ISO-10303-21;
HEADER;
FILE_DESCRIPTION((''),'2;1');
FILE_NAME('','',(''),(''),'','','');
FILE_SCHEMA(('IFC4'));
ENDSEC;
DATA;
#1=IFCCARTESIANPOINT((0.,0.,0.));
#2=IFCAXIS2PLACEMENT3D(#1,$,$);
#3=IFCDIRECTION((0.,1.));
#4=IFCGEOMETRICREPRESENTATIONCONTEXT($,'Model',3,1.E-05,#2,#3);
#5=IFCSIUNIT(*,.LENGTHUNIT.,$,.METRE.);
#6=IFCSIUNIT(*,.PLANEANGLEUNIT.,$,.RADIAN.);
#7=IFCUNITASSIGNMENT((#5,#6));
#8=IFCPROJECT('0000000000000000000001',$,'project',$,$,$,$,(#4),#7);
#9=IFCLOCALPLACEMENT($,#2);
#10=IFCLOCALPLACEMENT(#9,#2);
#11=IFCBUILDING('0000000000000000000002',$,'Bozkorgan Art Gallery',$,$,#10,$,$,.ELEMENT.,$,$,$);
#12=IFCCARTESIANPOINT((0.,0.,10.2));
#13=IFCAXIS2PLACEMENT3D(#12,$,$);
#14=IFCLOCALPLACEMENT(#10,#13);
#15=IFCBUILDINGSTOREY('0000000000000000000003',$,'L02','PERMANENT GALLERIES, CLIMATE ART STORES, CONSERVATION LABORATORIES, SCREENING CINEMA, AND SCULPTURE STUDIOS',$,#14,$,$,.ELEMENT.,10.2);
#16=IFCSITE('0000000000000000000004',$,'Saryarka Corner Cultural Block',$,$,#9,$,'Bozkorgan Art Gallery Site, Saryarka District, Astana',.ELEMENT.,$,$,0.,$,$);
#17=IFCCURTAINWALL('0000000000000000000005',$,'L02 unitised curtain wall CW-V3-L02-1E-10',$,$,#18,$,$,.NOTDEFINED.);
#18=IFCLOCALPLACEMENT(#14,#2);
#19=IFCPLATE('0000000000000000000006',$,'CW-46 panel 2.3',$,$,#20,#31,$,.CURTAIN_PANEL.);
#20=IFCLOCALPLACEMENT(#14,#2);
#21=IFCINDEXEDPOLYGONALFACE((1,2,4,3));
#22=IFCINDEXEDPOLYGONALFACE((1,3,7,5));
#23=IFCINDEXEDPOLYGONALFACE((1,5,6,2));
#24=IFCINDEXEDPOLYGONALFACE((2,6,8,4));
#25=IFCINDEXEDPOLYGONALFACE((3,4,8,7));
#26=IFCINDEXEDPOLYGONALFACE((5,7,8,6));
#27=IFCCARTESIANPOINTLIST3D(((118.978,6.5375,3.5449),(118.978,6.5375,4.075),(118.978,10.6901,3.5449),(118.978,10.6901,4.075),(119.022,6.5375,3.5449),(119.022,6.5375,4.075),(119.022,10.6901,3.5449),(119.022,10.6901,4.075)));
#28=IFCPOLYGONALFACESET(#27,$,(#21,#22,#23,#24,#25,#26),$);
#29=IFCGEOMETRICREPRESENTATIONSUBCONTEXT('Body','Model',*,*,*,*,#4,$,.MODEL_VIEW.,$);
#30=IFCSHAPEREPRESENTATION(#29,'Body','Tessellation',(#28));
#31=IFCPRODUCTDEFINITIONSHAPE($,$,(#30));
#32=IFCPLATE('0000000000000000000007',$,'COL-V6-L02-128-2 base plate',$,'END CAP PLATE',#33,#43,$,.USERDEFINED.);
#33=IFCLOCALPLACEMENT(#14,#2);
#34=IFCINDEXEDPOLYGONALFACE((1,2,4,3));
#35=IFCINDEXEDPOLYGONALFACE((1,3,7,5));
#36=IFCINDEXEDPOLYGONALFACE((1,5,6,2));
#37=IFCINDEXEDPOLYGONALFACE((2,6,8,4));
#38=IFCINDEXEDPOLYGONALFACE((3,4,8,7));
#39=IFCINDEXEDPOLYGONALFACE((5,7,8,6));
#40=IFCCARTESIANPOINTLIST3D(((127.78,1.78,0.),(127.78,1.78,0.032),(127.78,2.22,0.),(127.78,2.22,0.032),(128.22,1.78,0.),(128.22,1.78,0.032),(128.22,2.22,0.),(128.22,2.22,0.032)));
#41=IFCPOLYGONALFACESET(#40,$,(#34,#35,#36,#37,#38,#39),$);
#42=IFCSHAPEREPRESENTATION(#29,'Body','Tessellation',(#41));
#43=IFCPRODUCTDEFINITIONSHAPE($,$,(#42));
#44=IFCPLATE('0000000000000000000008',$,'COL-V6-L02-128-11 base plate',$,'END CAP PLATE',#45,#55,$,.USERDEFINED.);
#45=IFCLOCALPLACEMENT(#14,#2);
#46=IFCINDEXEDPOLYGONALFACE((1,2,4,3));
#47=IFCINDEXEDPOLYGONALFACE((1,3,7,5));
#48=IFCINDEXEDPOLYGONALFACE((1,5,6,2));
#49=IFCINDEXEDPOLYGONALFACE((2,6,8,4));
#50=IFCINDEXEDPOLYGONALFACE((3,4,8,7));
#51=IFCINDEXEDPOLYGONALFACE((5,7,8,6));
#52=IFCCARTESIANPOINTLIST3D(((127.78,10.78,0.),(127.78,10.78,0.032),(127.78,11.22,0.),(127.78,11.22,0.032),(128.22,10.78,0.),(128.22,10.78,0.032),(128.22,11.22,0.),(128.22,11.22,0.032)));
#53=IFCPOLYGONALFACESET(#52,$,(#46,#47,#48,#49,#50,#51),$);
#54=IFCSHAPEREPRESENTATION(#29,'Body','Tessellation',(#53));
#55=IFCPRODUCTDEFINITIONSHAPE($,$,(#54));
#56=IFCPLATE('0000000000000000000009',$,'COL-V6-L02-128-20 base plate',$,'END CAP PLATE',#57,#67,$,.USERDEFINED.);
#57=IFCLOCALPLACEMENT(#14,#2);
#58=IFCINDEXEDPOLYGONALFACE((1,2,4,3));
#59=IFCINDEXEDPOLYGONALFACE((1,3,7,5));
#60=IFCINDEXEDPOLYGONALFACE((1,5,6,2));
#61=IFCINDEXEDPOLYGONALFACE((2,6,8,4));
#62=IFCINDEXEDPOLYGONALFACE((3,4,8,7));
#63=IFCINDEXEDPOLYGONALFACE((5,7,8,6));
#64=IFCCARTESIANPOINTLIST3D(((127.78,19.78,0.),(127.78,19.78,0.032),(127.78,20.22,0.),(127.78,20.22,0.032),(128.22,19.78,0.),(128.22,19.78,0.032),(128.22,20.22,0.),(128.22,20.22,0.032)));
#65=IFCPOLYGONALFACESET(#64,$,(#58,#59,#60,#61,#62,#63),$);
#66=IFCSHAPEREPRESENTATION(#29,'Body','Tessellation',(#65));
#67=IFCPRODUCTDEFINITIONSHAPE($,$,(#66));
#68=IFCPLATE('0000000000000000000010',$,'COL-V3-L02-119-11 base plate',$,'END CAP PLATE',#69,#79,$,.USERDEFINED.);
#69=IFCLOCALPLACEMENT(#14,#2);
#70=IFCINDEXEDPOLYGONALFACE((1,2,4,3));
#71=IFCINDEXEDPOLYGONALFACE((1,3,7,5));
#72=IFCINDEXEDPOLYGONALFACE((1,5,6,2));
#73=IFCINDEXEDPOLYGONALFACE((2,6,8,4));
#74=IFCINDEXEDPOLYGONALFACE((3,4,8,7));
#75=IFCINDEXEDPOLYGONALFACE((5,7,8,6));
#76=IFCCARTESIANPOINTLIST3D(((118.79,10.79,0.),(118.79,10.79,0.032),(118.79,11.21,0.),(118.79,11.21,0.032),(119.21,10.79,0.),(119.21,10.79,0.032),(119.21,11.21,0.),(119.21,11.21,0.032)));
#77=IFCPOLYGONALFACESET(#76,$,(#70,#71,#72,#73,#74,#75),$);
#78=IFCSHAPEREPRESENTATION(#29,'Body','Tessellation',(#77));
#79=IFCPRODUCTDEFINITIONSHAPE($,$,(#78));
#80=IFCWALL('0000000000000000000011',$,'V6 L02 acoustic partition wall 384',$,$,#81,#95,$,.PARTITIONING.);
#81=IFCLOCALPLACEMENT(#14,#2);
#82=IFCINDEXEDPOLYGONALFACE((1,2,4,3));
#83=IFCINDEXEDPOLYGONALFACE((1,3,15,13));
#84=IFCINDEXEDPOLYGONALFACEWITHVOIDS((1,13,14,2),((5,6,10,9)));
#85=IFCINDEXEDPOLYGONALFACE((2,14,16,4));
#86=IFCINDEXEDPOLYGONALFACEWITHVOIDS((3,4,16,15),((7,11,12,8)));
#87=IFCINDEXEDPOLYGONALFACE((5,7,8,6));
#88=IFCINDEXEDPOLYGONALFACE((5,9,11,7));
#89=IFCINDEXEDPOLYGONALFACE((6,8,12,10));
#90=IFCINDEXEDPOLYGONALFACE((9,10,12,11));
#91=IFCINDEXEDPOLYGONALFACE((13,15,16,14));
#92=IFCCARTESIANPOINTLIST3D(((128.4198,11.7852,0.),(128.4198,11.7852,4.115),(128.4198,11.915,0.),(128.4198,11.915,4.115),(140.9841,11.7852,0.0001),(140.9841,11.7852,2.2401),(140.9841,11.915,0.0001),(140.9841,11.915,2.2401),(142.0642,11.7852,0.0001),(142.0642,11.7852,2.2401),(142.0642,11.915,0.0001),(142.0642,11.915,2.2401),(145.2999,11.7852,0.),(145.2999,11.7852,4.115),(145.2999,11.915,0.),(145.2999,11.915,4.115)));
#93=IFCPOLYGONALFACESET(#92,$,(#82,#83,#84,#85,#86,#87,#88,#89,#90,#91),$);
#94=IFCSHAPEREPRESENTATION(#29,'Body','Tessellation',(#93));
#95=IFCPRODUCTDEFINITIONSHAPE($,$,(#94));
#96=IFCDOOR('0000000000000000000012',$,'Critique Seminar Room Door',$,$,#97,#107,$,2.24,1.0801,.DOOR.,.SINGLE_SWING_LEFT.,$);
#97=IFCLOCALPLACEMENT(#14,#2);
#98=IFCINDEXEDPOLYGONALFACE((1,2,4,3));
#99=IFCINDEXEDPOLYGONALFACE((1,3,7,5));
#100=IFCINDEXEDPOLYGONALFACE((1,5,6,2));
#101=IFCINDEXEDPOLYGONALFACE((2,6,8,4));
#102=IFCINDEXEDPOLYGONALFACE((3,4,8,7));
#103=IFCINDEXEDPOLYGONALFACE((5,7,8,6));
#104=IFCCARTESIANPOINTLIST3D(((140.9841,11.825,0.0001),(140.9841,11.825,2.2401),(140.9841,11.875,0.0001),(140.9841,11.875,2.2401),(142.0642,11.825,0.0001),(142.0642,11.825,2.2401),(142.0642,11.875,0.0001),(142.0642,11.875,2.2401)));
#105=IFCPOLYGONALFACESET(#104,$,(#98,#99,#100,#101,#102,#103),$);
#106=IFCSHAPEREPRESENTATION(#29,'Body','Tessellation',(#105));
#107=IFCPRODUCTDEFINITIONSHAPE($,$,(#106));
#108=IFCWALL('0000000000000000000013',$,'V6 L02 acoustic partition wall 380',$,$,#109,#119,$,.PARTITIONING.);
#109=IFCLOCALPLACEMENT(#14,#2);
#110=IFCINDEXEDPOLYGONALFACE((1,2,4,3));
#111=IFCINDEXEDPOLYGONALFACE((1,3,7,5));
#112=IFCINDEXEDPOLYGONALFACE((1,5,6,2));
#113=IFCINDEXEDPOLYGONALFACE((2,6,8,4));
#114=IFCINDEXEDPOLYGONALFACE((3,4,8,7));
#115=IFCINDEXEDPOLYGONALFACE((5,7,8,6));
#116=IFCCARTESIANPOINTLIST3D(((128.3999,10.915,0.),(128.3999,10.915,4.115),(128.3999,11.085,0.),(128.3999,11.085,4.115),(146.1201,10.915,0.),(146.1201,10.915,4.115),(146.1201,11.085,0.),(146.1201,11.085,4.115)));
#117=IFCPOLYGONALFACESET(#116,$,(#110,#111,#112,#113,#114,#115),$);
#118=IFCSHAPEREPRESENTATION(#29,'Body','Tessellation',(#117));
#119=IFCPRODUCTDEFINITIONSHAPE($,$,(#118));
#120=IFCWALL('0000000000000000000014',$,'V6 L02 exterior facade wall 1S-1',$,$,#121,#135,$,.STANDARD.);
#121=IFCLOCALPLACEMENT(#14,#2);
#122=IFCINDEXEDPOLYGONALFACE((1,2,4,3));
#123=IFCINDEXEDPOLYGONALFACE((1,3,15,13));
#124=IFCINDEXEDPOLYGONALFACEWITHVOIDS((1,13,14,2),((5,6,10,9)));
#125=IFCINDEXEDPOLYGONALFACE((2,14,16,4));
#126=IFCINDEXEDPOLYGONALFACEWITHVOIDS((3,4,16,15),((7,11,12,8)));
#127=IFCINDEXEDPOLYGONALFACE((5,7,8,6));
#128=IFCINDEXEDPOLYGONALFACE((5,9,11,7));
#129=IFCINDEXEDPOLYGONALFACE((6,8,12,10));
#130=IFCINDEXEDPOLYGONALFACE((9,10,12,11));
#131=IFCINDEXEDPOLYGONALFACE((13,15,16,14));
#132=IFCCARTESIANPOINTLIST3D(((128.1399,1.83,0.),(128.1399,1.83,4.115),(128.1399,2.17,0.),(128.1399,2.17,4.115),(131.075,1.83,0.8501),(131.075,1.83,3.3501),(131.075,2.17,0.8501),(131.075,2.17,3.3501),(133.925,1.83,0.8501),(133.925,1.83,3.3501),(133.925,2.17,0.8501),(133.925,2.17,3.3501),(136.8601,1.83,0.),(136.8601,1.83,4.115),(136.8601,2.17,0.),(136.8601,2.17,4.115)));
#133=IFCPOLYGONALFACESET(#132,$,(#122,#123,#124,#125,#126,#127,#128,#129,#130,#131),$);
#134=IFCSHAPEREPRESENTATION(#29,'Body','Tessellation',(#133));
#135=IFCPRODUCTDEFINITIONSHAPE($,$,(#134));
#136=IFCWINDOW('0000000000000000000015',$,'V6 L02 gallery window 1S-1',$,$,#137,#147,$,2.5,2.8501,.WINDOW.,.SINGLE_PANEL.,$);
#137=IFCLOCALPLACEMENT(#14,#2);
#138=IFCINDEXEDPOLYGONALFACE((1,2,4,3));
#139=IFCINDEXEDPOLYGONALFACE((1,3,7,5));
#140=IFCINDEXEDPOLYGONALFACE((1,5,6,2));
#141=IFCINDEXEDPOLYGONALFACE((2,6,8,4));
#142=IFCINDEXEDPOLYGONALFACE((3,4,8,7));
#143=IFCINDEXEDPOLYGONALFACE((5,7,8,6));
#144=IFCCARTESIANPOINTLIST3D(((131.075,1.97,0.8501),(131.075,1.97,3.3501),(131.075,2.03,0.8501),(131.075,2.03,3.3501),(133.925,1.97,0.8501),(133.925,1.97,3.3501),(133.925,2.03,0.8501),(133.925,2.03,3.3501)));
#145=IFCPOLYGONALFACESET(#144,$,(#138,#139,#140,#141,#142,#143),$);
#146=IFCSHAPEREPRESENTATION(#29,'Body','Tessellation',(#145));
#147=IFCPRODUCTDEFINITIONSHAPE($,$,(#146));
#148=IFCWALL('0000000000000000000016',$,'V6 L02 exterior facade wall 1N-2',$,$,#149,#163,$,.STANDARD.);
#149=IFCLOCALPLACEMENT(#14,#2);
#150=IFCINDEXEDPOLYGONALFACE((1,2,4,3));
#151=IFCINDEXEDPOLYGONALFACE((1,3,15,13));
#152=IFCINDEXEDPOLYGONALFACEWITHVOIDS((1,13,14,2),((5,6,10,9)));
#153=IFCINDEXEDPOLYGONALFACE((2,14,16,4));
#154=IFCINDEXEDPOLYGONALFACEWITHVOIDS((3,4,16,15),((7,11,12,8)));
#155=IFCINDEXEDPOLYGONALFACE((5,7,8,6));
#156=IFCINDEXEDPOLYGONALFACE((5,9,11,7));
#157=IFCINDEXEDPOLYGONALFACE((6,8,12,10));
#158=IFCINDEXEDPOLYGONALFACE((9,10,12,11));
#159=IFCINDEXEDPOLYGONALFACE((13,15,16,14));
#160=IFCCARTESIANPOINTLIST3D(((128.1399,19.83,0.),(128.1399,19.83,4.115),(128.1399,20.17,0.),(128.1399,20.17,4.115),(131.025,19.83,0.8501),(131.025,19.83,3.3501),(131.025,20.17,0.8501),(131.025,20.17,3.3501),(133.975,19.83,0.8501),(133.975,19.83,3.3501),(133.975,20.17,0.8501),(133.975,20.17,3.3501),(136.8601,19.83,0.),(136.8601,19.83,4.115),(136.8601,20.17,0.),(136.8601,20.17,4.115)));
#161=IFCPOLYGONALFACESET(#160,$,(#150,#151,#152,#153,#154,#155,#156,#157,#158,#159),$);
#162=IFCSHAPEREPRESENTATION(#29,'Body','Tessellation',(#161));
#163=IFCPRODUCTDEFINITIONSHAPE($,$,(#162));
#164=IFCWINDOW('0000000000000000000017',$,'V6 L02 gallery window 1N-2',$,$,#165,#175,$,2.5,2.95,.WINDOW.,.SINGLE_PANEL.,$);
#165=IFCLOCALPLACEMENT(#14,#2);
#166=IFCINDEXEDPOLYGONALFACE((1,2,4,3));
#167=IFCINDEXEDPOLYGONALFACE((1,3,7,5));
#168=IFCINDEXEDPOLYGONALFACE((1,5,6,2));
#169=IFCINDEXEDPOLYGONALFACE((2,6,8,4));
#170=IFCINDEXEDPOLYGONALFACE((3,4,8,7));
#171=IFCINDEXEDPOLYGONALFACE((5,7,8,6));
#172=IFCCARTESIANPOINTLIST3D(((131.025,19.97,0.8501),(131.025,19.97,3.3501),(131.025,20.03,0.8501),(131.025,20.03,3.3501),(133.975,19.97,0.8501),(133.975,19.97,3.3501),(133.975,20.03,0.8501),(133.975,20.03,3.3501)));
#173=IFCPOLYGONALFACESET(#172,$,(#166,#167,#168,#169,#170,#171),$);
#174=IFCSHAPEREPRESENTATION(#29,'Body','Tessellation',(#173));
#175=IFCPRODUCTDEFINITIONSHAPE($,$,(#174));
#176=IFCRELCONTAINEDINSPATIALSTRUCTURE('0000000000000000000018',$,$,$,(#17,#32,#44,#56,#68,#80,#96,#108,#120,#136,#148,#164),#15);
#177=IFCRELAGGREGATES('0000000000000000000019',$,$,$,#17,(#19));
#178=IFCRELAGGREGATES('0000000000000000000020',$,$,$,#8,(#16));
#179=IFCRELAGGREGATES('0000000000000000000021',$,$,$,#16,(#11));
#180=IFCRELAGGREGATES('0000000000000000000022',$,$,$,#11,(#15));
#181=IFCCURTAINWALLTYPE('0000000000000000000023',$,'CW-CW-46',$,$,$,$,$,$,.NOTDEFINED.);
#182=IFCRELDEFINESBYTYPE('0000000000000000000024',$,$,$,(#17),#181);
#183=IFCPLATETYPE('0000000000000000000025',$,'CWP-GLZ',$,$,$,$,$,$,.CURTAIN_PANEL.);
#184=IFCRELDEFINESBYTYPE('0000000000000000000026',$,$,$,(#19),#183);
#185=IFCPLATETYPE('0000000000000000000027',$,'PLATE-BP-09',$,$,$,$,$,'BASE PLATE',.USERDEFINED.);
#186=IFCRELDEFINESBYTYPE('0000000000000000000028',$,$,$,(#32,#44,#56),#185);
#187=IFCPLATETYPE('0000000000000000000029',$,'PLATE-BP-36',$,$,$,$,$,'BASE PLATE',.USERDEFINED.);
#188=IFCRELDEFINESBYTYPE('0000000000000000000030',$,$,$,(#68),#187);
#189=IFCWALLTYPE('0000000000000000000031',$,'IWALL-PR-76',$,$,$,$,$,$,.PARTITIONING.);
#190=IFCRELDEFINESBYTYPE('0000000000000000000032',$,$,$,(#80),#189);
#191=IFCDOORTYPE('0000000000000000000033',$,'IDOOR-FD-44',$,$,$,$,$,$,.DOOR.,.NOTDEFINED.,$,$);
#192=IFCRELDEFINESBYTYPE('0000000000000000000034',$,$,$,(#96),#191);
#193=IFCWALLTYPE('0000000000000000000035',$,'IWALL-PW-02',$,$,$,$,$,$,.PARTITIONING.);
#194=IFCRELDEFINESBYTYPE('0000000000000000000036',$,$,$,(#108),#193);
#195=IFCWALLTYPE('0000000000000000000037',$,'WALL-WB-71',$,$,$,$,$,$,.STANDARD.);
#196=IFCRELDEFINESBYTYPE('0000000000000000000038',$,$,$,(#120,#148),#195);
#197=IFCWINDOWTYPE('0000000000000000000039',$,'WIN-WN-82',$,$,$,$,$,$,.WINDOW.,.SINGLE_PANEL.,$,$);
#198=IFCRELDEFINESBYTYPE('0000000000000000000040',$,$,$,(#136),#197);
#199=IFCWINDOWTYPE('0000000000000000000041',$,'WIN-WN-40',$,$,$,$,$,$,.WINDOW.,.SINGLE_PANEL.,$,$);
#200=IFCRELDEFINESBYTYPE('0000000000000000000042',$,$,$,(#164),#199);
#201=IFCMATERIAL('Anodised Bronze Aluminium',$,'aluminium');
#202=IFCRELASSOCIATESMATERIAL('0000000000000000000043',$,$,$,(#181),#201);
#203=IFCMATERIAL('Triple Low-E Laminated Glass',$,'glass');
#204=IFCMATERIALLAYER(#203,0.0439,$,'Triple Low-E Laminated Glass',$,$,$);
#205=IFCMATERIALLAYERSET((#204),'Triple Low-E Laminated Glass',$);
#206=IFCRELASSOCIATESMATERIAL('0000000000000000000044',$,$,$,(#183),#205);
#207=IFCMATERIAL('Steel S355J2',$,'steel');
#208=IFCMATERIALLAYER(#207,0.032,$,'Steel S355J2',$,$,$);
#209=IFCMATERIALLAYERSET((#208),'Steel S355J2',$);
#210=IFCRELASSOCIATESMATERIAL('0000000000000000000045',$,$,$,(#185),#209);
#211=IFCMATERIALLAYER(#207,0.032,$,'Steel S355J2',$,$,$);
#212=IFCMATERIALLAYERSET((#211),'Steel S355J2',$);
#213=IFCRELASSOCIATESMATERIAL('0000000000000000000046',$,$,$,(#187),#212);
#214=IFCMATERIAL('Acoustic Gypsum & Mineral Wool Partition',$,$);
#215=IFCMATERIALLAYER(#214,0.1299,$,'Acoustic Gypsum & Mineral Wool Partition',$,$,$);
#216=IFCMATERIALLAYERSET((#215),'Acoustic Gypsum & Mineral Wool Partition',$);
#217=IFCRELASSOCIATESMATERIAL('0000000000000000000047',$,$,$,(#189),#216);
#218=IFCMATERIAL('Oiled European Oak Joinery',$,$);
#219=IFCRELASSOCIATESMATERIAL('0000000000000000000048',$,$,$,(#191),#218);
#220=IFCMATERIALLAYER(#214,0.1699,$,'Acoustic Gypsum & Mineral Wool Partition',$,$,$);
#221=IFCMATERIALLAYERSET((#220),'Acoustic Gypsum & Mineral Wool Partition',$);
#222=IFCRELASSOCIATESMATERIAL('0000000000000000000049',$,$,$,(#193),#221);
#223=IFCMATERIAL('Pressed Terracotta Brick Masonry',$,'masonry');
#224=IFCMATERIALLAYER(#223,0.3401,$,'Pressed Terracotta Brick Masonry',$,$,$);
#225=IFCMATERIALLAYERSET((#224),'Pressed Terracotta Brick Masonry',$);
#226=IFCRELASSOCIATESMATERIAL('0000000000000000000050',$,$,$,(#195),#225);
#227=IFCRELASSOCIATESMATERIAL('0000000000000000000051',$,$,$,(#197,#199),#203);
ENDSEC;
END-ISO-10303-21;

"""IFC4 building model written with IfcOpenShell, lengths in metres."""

from ifc_helpers import new_model, si_unit, direction, frame, frame_2d, origin, origin_2d, place, context, subcontext, project, spatial, rectangle, extrude, material, layer, layer_set, type_object, element, fill, aggregate, save


model = new_model("IFC4")

# Units and contexts
model_context = context("Model", 3, precision=1e-05, world=origin(), true_north=direction((0.0, 1.0)))
body_context = subcontext(model_context, "Body", "Model", "MODEL_VIEW")
ifc_project = project(units=[si_unit("LENGTHUNIT", "METRE"), si_unit("PLANEANGLEUNIT", "RADIAN")], contexts=[model_context])

# Site, building, storey
site_placement = place(None, origin())
site = spatial("IfcSite", under=ifc_project, at=site_placement, Name="Saryarka Corner Cultural Block", LongName="Bozkorgan Art Gallery Site, Saryarka District, Astana", CompositionType="ELEMENT", RefElevation=0.0)
building_placement = place(site_placement, origin())
building = spatial("IfcBuilding", under=site, at=building_placement, Name="Bozkorgan Art Gallery", CompositionType="ELEMENT")
storey_placement = place(building_placement, frame((0.0, 0.0, 10.2)))
storey = spatial("IfcBuildingStorey", under=building, at=storey_placement, Name="L02", Description="PERMANENT GALLERIES, CLIMATE ART STORES, CONSERVATION LABORATORIES, SCREENING CINEMA, AND SCULPTURE STUDIOS", CompositionType="ELEMENT", Elevation=10.2)

# Shared definitions
ifc_material_1 = material(Name="Steel S355J2", Category="steel")

# Curtain wall, plate
ifc_material_2 = material(Name="Anodised Bronze Aluminium", Category="aluminium")
curtain_wall_type = type_object("IfcCurtainWallType", Name="CW-CW-46", PredefinedType="NOTDEFINED", material=ifc_material_2)
curtain_wall_placement = place(storey_placement, origin())
curtain_wall = element("IfcCurtainWall", 1, at=curtain_wall_placement, inside=storey, type_object=curtain_wall_type, Name="L02 unitised curtain wall CW-V3-L02-1E-10", PredefinedType="NOTDEFINED")
ifc_material_3 = material(Name="Triple Low-E Laminated Glass", Category="glass")
ifc_layer_1 = layer(ifc_material_3, 0.0439, Name="Triple Low-E Laminated Glass")
ifc_layer_set_1 = layer_set([ifc_layer_1], Name="Triple Low-E Laminated Glass")
plate_type_1 = type_object("IfcPlateType", Name="CWP-GLZ", PredefinedType="CURTAIN_PANEL", material=ifc_layer_set_1)
plate_1_placement = place(storey_placement, frame((119.0, 8.6138, 3.5449), z_axis=(0.0, 0.0, 1.0), x_axis=(0.0, 1.0, 0.0)))
plate_1 = element("IfcPlate", 2, at=plate_1_placement, type_object=plate_type_1, Name="CW-46 panel 2.3", PredefinedType="CURTAIN_PANEL", context=body_context, shape_type="SweptSolid", body=[
    extrude(rectangle(XDim=4.1526, YDim=0.0439, at=origin_2d()), origin(), (0.0, 0.0, 1.0), 0.53),
])
aggregate(curtain_wall, [plate_1])

# Plates
ifc_layer_2 = layer(ifc_material_1, 0.032, Name="Steel S355J2")
ifc_layer_set_2 = layer_set([ifc_layer_2], Name="Steel S355J2")
plate_type_2 = type_object("IfcPlateType", Name="PLATE-BP-09", ElementType="BASE PLATE", PredefinedType="USERDEFINED", material=ifc_layer_set_2)
for number, where, z_axis, x_axis, name in (
    (3, (128.0, 2.0, 0.0), (0.0, 0.0, 1.0), (1.0, 0.0, 0.0), "COL-V6-L02-128-2 base plate"),
    (4, (128.0, 11.0, 0.0), (0.0, 0.0, 1.0), (1.0, 0.0, 0.0), "COL-V6-L02-128-11 base plate"),
    (5, (128.0, 20.0, 0.0), (0.0, 0.0, 1.0), (1.0, 0.0, 0.0), "COL-V6-L02-128-20 base plate"),
):
    element("IfcPlate", number, at=place(storey_placement, frame(where, z_axis=z_axis, x_axis=x_axis)), inside=storey, type_object=plate_type_2, Name=name, ObjectType="END CAP PLATE", PredefinedType="USERDEFINED", context=body_context, shape_type="SweptSolid", body=[
        extrude(rectangle(XDim=0.4399, YDim=0.4399, at=origin_2d()), origin(), (0.0, 0.0, 1.0), 0.032),
    ])
ifc_layer_3 = layer(ifc_material_1, 0.032, Name="Steel S355J2")
ifc_layer_set_3 = layer_set([ifc_layer_3], Name="Steel S355J2")
plate_type_3 = type_object("IfcPlateType", Name="PLATE-BP-36", ElementType="BASE PLATE", PredefinedType="USERDEFINED", material=ifc_layer_set_3)
plate_2_placement = place(storey_placement, frame((119.0, 11.0, 0.0), z_axis=(0.0, 0.0, 1.0), x_axis=(1.0, 0.0, 0.0)))
element("IfcPlate", 6, at=plate_2_placement, inside=storey, type_object=plate_type_3, Name="COL-V3-L02-119-11 base plate", ObjectType="END CAP PLATE", PredefinedType="USERDEFINED", context=body_context, shape_type="SweptSolid", body=[
    extrude(rectangle(XDim=0.4199, YDim=0.4199, at=origin_2d()), origin(), (0.0, 0.0, 1.0), 0.032),
])

# Wall, opening, door
ifc_material_4 = material(Name="Acoustic Gypsum & Mineral Wool Partition")
ifc_layer_4 = layer(ifc_material_4, 0.1299, Name="Acoustic Gypsum & Mineral Wool Partition")
ifc_layer_set_4 = layer_set([ifc_layer_4], Name="Acoustic Gypsum & Mineral Wool Partition")
wall_type_1 = type_object("IfcWallType", Name="IWALL-PR-76", PredefinedType="PARTITIONING", material=ifc_layer_set_4)
wall_1_placement = place(storey_placement, frame((128.4199, 11.8501, 0.0), z_axis=(0.0, 0.0, 1.0), x_axis=(1.0, 0.0, 0.0)))
wall_1 = element("IfcWall", 7, at=wall_1_placement, inside=storey, type_object=wall_type_1, Name="V6 L02 acoustic partition wall 384", PredefinedType="PARTITIONING", context=body_context, shape_type="SweptSolid", body=[
    extrude(rectangle(XDim=16.8801, YDim=0.1299, at=frame_2d((8.4399, 0.0))), origin(), (0.0, 0.0, 1.0), 4.115),
])
opening_1_placement = place(wall_1_placement, frame((12.5642, 0.0, 0.0)))
opening_1 = element("IfcOpeningElement", 8, at=opening_1_placement, cuts=wall_1, PredefinedType="OPENING", context=body_context, shape_type="SweptSolid", body=[
    extrude(rectangle(XDim=1.0801, YDim=2.24, at=frame_2d((0.54, 1.1201))), frame((0.0, 0.075, 0.0), z_axis=(0.0, -1.0, 0.0), x_axis=(1.0, 0.0, 0.0)), (0.0, 0.0, 1.0), 0.1499),
])
ifc_material_5 = material(Name="Oiled European Oak Joinery")
door_type = type_object("IfcDoorType", Name="IDOOR-FD-44", OperationType="NOTDEFINED", PredefinedType="DOOR", material=ifc_material_5)
door_placement = place(opening_1_placement, origin())
door = element("IfcDoor", 9, at=door_placement, inside=storey, type_object=door_type, Name="Critique Seminar Room Door", OperationType="SINGLE_SWING_LEFT", OverallHeight=2.24, OverallWidth=1.0801, PredefinedType="DOOR", context=body_context, shape_type="SweptSolid", body=[
    extrude(rectangle(XDim=1.0801, YDim=2.24, at=frame_2d((0.54, 1.1201))), frame((0.0, 0.0249, 0.0), z_axis=(0.0, -1.0, 0.0), x_axis=(1.0, 0.0, 0.0)), (0.0, 0.0, 1.0), 0.05),
])
fill(opening_1, door)

# Wall
ifc_layer_5 = layer(ifc_material_4, 0.1699, Name="Acoustic Gypsum & Mineral Wool Partition")
ifc_layer_set_5 = layer_set([ifc_layer_5], Name="Acoustic Gypsum & Mineral Wool Partition")
wall_type_2 = type_object("IfcWallType", Name="IWALL-PW-02", PredefinedType="PARTITIONING", material=ifc_layer_set_5)
wall_2_placement = place(storey_placement, frame((128.3999, 11.0, 0.0), z_axis=(0.0, 0.0, 1.0), x_axis=(1.0, 0.0, 0.0)))
element("IfcWall", 10, at=wall_2_placement, inside=storey, type_object=wall_type_2, Name="V6 L02 acoustic partition wall 380", PredefinedType="PARTITIONING", context=body_context, shape_type="SweptSolid", body=[
    extrude(rectangle(XDim=17.7202, YDim=0.1699, at=frame_2d((8.8601, 0.0))), origin(), (0.0, 0.0, 1.0), 4.115),
])

# Walls, openings, windows
ifc_material_6 = material(Name="Pressed Terracotta Brick Masonry", Category="masonry")
ifc_layer_6 = layer(ifc_material_6, 0.3401, Name="Pressed Terracotta Brick Masonry")
ifc_layer_set_6 = layer_set([ifc_layer_6], Name="Pressed Terracotta Brick Masonry")
wall_type_3 = type_object("IfcWallType", Name="WALL-WB-71", PredefinedType="STANDARD", material=ifc_layer_set_6)
wall_3_placement = place(storey_placement, frame((128.1399, 2.0, 0.0), z_axis=(0.0, 0.0, 1.0), x_axis=(1.0, 0.0, 0.0)))
wall_3 = element("IfcWall", 11, at=wall_3_placement, inside=storey, type_object=wall_type_3, Name="V6 L02 exterior facade wall 1S-1", PredefinedType="STANDARD", context=body_context, shape_type="SweptSolid", body=[
    extrude(rectangle(XDim=8.7202, YDim=0.3401, at=frame_2d((4.3601, 0.0))), origin(), (0.0, 0.0, 1.0), 4.115),
])
opening_2_placement = place(wall_3_placement, frame((5.7852, 0.0, 0.8501), z_axis=(0.0, 0.0, 1.0), x_axis=(-1.0, 0.0, 0.0)))
opening_2 = element("IfcOpeningElement", 12, at=opening_2_placement, cuts=wall_3, PredefinedType="OPENING", context=body_context, shape_type="SweptSolid", body=[
    extrude(rectangle(XDim=2.8501, YDim=2.5, at=frame_2d((1.425, 1.25))), frame((0.0, 0.1802, 0.0), z_axis=(0.0, -1.0, 0.0), x_axis=(1.0, 0.0, 0.0)), (0.0, 0.0, 1.0), 0.3601),
])
window_type_1 = type_object("IfcWindowType", Name="WIN-WN-82", PartitioningType="SINGLE_PANEL", PredefinedType="WINDOW", material=ifc_material_3)
window_1_placement = place(opening_2_placement, origin())
window_1 = element("IfcWindow", 13, at=window_1_placement, inside=storey, type_object=window_type_1, Name="V6 L02 gallery window 1S-1", OverallHeight=2.5, OverallWidth=2.8501, PartitioningType="SINGLE_PANEL", PredefinedType="WINDOW", context=body_context, shape_type="SweptSolid", body=[
    extrude(rectangle(XDim=2.8501, YDim=2.5, at=frame_2d((1.425, 1.25))), frame((0.0, 0.03, 0.0), z_axis=(0.0, -1.0, 0.0), x_axis=(1.0, 0.0, 0.0)), (0.0, 0.0, 1.0), 0.0601),
])
fill(opening_2, window_1)
wall_4_placement = place(storey_placement, frame((128.1399, 20.0, 0.0), z_axis=(0.0, 0.0, 1.0), x_axis=(1.0, 0.0, 0.0)))
wall_4 = element("IfcWall", 14, at=wall_4_placement, inside=storey, type_object=wall_type_3, Name="V6 L02 exterior facade wall 1N-2", PredefinedType="STANDARD", context=body_context, shape_type="SweptSolid", body=[
    extrude(rectangle(XDim=8.7202, YDim=0.3401, at=frame_2d((4.3601, 0.0))), origin(), (0.0, 0.0, 1.0), 4.115),
])
opening_3_placement = place(wall_4_placement, frame((2.885, 0.0, 0.8501)))
opening_3 = element("IfcOpeningElement", 15, at=opening_3_placement, cuts=wall_4, PredefinedType="OPENING", context=body_context, shape_type="SweptSolid", body=[
    extrude(rectangle(XDim=2.95, YDim=2.5, at=frame_2d((1.4751, 1.25))), frame((0.0, 0.1802, 0.0), z_axis=(0.0, -1.0, 0.0), x_axis=(1.0, 0.0, 0.0)), (0.0, 0.0, 1.0), 0.3601),
])
window_type_2 = type_object("IfcWindowType", Name="WIN-WN-40", PartitioningType="SINGLE_PANEL", PredefinedType="WINDOW", material=ifc_material_3)
window_2_placement = place(opening_3_placement, origin())
window_2 = element("IfcWindow", 16, at=window_2_placement, inside=storey, type_object=window_type_2, Name="V6 L02 gallery window 1N-2", OverallHeight=2.5, OverallWidth=2.95, PartitioningType="SINGLE_PANEL", PredefinedType="WINDOW", context=body_context, shape_type="SweptSolid", body=[
    extrude(rectangle(XDim=2.95, YDim=2.5, at=frame_2d((1.4751, 1.25))), frame((0.0, 0.03, 0.0), z_axis=(0.0, -1.0, 0.0), x_axis=(1.0, 0.0, 0.0)), (0.0, 0.0, 1.0), 0.0601),
])
fill(opening_3, window_2)

save(model, "model.ifc")
